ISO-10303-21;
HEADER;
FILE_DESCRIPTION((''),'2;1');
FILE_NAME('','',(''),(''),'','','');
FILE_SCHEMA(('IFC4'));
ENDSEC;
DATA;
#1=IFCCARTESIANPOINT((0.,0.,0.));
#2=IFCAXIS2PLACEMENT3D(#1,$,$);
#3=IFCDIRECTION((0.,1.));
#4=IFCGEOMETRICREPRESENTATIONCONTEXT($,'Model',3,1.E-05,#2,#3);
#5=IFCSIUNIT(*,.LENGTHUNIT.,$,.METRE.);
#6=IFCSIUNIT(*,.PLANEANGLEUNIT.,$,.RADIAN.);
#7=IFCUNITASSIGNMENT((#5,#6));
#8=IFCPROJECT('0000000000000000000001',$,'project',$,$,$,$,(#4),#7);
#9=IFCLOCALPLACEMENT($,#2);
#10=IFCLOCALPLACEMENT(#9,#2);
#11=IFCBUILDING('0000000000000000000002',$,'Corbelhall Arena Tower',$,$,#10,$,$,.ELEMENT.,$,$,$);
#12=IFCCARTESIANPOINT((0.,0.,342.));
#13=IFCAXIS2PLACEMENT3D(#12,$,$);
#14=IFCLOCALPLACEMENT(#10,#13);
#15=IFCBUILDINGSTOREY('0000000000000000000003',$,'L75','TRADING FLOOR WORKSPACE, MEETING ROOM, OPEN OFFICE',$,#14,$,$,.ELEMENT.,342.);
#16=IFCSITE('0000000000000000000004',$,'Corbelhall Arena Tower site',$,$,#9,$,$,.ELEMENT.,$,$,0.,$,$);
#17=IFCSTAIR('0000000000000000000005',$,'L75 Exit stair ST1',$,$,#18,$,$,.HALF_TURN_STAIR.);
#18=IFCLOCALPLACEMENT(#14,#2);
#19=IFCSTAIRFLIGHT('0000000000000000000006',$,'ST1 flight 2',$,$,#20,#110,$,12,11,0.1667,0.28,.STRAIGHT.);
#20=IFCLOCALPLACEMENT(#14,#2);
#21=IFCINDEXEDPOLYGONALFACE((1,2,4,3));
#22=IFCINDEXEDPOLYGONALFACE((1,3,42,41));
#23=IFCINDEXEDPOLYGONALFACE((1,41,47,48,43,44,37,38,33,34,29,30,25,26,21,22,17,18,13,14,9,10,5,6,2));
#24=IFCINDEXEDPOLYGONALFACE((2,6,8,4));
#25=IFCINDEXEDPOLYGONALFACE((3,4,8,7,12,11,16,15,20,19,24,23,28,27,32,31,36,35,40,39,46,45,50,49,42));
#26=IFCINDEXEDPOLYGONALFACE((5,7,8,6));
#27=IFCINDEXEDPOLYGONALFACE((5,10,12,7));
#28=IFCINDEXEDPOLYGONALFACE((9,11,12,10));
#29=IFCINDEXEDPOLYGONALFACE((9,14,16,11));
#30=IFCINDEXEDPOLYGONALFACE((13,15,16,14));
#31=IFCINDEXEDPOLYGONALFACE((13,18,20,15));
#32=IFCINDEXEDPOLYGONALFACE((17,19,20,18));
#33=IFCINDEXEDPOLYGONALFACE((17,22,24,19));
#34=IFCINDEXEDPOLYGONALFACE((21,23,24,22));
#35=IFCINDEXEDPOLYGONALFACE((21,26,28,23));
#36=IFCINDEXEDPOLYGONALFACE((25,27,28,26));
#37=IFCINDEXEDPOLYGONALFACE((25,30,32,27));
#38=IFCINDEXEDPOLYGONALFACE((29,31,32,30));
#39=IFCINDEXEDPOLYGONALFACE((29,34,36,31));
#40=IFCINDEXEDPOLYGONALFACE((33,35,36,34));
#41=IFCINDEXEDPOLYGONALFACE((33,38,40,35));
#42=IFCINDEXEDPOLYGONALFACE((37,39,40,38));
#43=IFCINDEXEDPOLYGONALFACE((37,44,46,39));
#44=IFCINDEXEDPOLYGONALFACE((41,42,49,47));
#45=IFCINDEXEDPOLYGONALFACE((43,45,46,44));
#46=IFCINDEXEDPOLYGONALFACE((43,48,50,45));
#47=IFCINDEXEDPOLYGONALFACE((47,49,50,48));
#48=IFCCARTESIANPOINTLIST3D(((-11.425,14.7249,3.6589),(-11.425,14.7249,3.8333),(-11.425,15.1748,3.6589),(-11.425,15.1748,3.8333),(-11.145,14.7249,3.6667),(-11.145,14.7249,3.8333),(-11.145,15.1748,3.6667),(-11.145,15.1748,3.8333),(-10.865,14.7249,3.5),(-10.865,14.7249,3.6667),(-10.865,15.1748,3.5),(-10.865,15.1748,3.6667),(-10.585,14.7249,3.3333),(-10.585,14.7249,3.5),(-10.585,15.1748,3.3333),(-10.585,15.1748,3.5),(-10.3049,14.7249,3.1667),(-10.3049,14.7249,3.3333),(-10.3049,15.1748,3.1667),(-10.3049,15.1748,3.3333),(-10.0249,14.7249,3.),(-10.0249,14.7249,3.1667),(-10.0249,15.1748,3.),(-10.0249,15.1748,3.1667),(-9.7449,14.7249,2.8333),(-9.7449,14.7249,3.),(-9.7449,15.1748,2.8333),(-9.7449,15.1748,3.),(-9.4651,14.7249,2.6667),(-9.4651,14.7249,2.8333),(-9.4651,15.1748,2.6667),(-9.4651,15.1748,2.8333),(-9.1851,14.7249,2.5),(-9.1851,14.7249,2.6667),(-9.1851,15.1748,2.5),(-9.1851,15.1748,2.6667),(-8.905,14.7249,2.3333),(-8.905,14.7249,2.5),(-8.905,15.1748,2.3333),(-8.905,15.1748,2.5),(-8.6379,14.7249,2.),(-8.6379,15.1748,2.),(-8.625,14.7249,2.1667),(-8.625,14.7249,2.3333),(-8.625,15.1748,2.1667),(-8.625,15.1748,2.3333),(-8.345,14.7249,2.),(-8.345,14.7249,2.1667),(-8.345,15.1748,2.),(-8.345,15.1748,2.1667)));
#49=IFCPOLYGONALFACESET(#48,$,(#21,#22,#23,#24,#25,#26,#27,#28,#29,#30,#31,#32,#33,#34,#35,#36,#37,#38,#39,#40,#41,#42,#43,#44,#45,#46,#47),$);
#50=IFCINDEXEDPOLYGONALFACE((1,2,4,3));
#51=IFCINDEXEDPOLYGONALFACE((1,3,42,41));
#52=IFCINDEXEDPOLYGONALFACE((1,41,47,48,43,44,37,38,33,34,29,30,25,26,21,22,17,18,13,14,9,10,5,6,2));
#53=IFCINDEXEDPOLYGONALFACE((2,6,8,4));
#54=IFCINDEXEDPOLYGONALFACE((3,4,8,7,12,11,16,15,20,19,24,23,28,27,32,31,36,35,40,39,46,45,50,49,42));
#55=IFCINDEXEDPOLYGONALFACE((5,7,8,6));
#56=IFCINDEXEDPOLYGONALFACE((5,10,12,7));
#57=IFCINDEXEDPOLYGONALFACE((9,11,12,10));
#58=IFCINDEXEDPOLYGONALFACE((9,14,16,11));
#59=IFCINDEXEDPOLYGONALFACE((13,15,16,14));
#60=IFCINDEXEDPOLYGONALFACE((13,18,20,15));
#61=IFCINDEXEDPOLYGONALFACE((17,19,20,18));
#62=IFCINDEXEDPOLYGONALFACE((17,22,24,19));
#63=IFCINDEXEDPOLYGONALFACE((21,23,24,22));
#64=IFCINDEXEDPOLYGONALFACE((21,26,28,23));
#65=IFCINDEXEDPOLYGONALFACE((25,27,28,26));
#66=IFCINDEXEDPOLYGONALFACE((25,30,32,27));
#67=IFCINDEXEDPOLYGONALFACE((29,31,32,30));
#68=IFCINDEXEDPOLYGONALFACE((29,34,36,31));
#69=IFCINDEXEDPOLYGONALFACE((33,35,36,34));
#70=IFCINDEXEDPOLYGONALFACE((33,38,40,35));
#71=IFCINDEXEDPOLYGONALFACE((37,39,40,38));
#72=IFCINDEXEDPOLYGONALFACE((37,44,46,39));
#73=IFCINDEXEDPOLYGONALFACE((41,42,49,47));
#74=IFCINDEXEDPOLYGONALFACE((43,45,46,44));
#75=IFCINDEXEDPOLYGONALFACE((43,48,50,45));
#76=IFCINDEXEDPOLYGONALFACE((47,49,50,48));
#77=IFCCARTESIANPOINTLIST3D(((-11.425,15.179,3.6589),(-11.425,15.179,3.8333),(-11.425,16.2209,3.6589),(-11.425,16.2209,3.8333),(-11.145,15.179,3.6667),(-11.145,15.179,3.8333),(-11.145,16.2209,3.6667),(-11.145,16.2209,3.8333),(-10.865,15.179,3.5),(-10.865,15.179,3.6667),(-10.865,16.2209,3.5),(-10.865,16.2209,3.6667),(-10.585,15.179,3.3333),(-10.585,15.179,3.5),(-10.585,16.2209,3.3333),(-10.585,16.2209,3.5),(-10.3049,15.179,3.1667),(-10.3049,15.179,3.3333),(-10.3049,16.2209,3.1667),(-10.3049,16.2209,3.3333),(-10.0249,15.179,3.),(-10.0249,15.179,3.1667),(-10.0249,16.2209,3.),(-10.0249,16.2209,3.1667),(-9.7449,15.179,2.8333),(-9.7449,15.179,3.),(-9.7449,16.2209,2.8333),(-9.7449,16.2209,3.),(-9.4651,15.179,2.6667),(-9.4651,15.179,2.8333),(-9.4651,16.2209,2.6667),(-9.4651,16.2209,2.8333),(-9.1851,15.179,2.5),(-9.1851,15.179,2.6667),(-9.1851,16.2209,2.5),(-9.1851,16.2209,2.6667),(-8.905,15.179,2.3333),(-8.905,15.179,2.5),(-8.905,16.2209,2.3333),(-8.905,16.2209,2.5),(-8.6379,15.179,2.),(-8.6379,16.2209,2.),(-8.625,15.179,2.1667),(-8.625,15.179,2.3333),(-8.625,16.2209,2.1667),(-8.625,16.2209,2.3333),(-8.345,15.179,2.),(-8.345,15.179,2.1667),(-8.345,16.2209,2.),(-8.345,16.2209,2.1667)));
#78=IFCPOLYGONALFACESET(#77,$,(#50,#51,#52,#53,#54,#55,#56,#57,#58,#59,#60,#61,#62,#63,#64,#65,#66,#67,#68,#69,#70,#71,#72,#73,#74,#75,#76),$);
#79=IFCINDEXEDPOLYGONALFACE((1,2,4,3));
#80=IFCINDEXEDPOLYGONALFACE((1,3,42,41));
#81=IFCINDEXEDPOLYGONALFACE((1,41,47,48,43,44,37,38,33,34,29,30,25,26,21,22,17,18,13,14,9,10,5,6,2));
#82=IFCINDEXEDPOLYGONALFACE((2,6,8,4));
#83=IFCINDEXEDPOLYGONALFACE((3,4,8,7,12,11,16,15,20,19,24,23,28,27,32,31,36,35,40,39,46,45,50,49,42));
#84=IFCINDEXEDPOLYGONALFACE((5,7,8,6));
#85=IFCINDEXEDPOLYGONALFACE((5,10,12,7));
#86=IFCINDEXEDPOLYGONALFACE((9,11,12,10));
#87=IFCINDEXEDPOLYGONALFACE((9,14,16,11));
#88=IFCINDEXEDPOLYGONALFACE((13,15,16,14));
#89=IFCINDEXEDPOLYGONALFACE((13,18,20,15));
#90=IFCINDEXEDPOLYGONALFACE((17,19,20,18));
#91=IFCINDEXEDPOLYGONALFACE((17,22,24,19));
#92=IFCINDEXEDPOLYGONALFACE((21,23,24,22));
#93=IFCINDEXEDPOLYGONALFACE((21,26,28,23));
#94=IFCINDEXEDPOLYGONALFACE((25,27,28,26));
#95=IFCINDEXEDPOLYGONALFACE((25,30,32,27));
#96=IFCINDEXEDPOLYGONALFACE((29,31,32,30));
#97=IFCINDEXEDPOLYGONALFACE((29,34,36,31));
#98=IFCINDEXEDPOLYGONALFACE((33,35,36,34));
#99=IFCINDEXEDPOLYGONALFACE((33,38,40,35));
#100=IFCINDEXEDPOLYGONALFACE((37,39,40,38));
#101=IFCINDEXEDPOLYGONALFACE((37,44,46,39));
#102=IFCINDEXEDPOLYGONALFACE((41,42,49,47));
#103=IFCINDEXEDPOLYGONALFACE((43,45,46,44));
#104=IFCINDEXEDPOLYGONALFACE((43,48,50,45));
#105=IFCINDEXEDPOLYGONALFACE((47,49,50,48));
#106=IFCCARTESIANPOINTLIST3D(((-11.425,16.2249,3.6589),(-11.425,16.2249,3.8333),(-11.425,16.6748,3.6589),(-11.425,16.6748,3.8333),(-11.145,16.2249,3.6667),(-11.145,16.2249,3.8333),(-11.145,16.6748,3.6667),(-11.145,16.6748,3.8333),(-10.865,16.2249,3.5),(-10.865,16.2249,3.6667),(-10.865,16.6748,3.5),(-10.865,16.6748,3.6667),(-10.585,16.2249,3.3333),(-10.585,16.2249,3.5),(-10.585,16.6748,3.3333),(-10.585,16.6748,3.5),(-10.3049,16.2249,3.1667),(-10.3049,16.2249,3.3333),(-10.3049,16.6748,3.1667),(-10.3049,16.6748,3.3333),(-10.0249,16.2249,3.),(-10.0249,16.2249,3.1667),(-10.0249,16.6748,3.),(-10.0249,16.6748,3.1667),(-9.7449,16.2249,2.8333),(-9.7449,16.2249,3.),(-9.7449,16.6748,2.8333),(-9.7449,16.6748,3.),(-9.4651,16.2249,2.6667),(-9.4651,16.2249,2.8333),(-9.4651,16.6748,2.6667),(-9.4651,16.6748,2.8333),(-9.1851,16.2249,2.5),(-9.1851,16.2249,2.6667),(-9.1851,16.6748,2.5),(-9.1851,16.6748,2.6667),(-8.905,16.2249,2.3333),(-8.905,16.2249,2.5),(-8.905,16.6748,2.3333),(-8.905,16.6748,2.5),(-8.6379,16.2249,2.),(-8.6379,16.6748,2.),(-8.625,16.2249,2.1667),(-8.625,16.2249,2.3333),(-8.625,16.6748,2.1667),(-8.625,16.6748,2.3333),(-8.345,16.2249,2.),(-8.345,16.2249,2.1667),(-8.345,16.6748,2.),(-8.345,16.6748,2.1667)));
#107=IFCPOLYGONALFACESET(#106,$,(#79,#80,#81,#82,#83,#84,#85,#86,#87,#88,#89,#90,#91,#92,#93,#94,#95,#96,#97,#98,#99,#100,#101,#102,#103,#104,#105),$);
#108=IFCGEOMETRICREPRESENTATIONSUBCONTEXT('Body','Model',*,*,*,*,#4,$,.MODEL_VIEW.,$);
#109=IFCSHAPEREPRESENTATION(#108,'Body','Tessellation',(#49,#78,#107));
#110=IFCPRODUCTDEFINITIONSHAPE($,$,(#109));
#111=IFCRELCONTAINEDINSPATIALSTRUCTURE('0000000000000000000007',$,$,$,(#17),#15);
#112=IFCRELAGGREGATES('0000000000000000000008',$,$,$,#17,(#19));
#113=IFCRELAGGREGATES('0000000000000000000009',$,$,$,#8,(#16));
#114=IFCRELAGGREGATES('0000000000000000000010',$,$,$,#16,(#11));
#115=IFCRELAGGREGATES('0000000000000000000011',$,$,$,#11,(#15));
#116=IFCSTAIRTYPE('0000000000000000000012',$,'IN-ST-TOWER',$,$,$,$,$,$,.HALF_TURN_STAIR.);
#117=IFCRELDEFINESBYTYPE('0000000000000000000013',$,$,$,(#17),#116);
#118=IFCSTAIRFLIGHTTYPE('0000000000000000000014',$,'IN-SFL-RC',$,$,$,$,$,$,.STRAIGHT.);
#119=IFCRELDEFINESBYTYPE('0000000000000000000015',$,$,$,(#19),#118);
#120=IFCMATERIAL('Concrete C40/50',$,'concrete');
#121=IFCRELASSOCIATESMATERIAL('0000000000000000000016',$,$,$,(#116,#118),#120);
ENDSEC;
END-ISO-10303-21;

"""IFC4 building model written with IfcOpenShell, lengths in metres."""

from ifc_helpers import new_model, si_unit, direction, frame, origin, place, context, subcontext, project, spatial, polyline, outline, extrude, material, type_object, element, aggregate, save


model = new_model("IFC4")

# Units and contexts
model_context = context("Model", 3, precision=1e-05, world=origin(), true_north=direction((0.0, 1.0)))
body_context = subcontext(model_context, "Body", "Model", "MODEL_VIEW")
ifc_project = project(units=[si_unit("LENGTHUNIT", "METRE"), si_unit("PLANEANGLEUNIT", "RADIAN")], contexts=[model_context])

# Site, building, storey
site_placement = place(None, origin())
site = spatial("IfcSite", under=ifc_project, at=site_placement, Name="Corbelhall Arena Tower site", CompositionType="ELEMENT", RefElevation=0.0)
building_placement = place(site_placement, origin())
building = spatial("IfcBuilding", under=site, at=building_placement, Name="Corbelhall Arena Tower", CompositionType="ELEMENT")
storey_placement = place(building_placement, frame((0.0, 0.0, 342.0)))
storey = spatial("IfcBuildingStorey", under=building, at=storey_placement, Name="L75", Description="TRADING FLOOR WORKSPACE, MEETING ROOM, OPEN OFFICE", CompositionType="ELEMENT", Elevation=342.0)

# Shared definitions
ifc_material_1 = material(Name="Concrete C40/50", Category="concrete")

# Stair, stair flight
stair_type = type_object("IfcStairType", Name="IN-ST-TOWER", PredefinedType="HALF_TURN_STAIR", material=ifc_material_1)
stair_placement = place(storey_placement, origin())
stair = element("IfcStair", 1, at=stair_placement, inside=storey, type_object=stair_type, Name="L75 Exit stair ST1", PredefinedType="HALF_TURN_STAIR")
stair_flight_type = type_object("IfcStairFlightType", Name="IN-SFL-RC", PredefinedType="STRAIGHT", material=ifc_material_1)
stair_flight_1_placement = place(storey_placement, frame((-8.345, 15.7, 2.0), z_axis=(0.0, 0.0, 1.0), x_axis=(-1.0, 0.0, 0.0)))
stair_flight_1 = element("IfcStairFlight", 2, at=stair_flight_1_placement, type_object=stair_flight_type, Name="ST1 flight 2", NumberOfRisers=12, NumberOfTreads=11, PredefinedType="STRAIGHT", RiserHeight=0.1667, TreadLength=0.28, context=body_context, shape_type="SweptSolid", body=[
    extrude(outline(polyline([(0.0, 0.0), (0.0, 0.1667), (0.28, 0.1667), (0.28, 0.3333), (0.5601, 0.3333), (0.5601, 0.5), (0.8401, 0.5), (0.8401, 0.6667), (1.1201, 0.6667), (1.1201, 0.8333), (1.3999, 0.8333), (1.3999, 1.0), (1.6799, 1.0), (1.6799, 1.1667), (1.96, 1.1667), (1.96, 1.3333), (2.24, 1.3333), (2.24, 1.5), (2.52, 1.5), (2.52, 1.6667), (2.8, 1.6667), (2.8, 1.8333), (3.0801, 1.8333), (3.0801, 2.0), (3.0801, 1.6589), (0.293, 0.0), (0.0, 0.0)])), frame((0.0, 0.9751, 0.0), z_axis=(0.0, -1.0, 0.0), x_axis=(1.0, 0.0, 0.0)), (0.0, 0.0, 1.0), 0.45),
    extrude(outline(polyline([(0.0, 0.0), (0.0, 0.1667), (0.28, 0.1667), (0.28, 0.3333), (0.5601, 0.3333), (0.5601, 0.5), (0.8401, 0.5), (0.8401, 0.6667), (1.1201, 0.6667), (1.1201, 0.8333), (1.3999, 0.8333), (1.3999, 1.0), (1.6799, 1.0), (1.6799, 1.1667), (1.96, 1.1667), (1.96, 1.3333), (2.24, 1.3333), (2.24, 1.5), (2.52, 1.5), (2.52, 1.6667), (2.8, 1.6667), (2.8, 1.8333), (3.0801, 1.8333), (3.0801, 2.0), (3.0801, 1.6589), (0.293, 0.0), (0.0, 0.0)])), frame((0.0, 0.521, 0.0), z_axis=(0.0, -1.0, 0.0), x_axis=(1.0, 0.0, 0.0)), (0.0, 0.0, 1.0), 1.042),
    extrude(outline(polyline([(0.0, 0.0), (0.0, 0.1667), (0.28, 0.1667), (0.28, 0.3333), (0.5601, 0.3333), (0.5601, 0.5), (0.8401, 0.5), (0.8401, 0.6667), (1.1201, 0.6667), (1.1201, 0.8333), (1.3999, 0.8333), (1.3999, 1.0), (1.6799, 1.0), (1.6799, 1.1667), (1.96, 1.1667), (1.96, 1.3333), (2.24, 1.3333), (2.24, 1.5), (2.52, 1.5), (2.52, 1.6667), (2.8, 1.6667), (2.8, 1.8333), (3.0801, 1.8333), (3.0801, 2.0), (3.0801, 1.6589), (0.293, 0.0), (0.0, 0.0)])), frame((0.0, -0.5249, 0.0), z_axis=(0.0, -1.0, 0.0), x_axis=(1.0, 0.0, 0.0)), (0.0, 0.0, 1.0), 0.45),
])
aggregate(stair, [stair_flight_1])

save(model, "model.ifc")
